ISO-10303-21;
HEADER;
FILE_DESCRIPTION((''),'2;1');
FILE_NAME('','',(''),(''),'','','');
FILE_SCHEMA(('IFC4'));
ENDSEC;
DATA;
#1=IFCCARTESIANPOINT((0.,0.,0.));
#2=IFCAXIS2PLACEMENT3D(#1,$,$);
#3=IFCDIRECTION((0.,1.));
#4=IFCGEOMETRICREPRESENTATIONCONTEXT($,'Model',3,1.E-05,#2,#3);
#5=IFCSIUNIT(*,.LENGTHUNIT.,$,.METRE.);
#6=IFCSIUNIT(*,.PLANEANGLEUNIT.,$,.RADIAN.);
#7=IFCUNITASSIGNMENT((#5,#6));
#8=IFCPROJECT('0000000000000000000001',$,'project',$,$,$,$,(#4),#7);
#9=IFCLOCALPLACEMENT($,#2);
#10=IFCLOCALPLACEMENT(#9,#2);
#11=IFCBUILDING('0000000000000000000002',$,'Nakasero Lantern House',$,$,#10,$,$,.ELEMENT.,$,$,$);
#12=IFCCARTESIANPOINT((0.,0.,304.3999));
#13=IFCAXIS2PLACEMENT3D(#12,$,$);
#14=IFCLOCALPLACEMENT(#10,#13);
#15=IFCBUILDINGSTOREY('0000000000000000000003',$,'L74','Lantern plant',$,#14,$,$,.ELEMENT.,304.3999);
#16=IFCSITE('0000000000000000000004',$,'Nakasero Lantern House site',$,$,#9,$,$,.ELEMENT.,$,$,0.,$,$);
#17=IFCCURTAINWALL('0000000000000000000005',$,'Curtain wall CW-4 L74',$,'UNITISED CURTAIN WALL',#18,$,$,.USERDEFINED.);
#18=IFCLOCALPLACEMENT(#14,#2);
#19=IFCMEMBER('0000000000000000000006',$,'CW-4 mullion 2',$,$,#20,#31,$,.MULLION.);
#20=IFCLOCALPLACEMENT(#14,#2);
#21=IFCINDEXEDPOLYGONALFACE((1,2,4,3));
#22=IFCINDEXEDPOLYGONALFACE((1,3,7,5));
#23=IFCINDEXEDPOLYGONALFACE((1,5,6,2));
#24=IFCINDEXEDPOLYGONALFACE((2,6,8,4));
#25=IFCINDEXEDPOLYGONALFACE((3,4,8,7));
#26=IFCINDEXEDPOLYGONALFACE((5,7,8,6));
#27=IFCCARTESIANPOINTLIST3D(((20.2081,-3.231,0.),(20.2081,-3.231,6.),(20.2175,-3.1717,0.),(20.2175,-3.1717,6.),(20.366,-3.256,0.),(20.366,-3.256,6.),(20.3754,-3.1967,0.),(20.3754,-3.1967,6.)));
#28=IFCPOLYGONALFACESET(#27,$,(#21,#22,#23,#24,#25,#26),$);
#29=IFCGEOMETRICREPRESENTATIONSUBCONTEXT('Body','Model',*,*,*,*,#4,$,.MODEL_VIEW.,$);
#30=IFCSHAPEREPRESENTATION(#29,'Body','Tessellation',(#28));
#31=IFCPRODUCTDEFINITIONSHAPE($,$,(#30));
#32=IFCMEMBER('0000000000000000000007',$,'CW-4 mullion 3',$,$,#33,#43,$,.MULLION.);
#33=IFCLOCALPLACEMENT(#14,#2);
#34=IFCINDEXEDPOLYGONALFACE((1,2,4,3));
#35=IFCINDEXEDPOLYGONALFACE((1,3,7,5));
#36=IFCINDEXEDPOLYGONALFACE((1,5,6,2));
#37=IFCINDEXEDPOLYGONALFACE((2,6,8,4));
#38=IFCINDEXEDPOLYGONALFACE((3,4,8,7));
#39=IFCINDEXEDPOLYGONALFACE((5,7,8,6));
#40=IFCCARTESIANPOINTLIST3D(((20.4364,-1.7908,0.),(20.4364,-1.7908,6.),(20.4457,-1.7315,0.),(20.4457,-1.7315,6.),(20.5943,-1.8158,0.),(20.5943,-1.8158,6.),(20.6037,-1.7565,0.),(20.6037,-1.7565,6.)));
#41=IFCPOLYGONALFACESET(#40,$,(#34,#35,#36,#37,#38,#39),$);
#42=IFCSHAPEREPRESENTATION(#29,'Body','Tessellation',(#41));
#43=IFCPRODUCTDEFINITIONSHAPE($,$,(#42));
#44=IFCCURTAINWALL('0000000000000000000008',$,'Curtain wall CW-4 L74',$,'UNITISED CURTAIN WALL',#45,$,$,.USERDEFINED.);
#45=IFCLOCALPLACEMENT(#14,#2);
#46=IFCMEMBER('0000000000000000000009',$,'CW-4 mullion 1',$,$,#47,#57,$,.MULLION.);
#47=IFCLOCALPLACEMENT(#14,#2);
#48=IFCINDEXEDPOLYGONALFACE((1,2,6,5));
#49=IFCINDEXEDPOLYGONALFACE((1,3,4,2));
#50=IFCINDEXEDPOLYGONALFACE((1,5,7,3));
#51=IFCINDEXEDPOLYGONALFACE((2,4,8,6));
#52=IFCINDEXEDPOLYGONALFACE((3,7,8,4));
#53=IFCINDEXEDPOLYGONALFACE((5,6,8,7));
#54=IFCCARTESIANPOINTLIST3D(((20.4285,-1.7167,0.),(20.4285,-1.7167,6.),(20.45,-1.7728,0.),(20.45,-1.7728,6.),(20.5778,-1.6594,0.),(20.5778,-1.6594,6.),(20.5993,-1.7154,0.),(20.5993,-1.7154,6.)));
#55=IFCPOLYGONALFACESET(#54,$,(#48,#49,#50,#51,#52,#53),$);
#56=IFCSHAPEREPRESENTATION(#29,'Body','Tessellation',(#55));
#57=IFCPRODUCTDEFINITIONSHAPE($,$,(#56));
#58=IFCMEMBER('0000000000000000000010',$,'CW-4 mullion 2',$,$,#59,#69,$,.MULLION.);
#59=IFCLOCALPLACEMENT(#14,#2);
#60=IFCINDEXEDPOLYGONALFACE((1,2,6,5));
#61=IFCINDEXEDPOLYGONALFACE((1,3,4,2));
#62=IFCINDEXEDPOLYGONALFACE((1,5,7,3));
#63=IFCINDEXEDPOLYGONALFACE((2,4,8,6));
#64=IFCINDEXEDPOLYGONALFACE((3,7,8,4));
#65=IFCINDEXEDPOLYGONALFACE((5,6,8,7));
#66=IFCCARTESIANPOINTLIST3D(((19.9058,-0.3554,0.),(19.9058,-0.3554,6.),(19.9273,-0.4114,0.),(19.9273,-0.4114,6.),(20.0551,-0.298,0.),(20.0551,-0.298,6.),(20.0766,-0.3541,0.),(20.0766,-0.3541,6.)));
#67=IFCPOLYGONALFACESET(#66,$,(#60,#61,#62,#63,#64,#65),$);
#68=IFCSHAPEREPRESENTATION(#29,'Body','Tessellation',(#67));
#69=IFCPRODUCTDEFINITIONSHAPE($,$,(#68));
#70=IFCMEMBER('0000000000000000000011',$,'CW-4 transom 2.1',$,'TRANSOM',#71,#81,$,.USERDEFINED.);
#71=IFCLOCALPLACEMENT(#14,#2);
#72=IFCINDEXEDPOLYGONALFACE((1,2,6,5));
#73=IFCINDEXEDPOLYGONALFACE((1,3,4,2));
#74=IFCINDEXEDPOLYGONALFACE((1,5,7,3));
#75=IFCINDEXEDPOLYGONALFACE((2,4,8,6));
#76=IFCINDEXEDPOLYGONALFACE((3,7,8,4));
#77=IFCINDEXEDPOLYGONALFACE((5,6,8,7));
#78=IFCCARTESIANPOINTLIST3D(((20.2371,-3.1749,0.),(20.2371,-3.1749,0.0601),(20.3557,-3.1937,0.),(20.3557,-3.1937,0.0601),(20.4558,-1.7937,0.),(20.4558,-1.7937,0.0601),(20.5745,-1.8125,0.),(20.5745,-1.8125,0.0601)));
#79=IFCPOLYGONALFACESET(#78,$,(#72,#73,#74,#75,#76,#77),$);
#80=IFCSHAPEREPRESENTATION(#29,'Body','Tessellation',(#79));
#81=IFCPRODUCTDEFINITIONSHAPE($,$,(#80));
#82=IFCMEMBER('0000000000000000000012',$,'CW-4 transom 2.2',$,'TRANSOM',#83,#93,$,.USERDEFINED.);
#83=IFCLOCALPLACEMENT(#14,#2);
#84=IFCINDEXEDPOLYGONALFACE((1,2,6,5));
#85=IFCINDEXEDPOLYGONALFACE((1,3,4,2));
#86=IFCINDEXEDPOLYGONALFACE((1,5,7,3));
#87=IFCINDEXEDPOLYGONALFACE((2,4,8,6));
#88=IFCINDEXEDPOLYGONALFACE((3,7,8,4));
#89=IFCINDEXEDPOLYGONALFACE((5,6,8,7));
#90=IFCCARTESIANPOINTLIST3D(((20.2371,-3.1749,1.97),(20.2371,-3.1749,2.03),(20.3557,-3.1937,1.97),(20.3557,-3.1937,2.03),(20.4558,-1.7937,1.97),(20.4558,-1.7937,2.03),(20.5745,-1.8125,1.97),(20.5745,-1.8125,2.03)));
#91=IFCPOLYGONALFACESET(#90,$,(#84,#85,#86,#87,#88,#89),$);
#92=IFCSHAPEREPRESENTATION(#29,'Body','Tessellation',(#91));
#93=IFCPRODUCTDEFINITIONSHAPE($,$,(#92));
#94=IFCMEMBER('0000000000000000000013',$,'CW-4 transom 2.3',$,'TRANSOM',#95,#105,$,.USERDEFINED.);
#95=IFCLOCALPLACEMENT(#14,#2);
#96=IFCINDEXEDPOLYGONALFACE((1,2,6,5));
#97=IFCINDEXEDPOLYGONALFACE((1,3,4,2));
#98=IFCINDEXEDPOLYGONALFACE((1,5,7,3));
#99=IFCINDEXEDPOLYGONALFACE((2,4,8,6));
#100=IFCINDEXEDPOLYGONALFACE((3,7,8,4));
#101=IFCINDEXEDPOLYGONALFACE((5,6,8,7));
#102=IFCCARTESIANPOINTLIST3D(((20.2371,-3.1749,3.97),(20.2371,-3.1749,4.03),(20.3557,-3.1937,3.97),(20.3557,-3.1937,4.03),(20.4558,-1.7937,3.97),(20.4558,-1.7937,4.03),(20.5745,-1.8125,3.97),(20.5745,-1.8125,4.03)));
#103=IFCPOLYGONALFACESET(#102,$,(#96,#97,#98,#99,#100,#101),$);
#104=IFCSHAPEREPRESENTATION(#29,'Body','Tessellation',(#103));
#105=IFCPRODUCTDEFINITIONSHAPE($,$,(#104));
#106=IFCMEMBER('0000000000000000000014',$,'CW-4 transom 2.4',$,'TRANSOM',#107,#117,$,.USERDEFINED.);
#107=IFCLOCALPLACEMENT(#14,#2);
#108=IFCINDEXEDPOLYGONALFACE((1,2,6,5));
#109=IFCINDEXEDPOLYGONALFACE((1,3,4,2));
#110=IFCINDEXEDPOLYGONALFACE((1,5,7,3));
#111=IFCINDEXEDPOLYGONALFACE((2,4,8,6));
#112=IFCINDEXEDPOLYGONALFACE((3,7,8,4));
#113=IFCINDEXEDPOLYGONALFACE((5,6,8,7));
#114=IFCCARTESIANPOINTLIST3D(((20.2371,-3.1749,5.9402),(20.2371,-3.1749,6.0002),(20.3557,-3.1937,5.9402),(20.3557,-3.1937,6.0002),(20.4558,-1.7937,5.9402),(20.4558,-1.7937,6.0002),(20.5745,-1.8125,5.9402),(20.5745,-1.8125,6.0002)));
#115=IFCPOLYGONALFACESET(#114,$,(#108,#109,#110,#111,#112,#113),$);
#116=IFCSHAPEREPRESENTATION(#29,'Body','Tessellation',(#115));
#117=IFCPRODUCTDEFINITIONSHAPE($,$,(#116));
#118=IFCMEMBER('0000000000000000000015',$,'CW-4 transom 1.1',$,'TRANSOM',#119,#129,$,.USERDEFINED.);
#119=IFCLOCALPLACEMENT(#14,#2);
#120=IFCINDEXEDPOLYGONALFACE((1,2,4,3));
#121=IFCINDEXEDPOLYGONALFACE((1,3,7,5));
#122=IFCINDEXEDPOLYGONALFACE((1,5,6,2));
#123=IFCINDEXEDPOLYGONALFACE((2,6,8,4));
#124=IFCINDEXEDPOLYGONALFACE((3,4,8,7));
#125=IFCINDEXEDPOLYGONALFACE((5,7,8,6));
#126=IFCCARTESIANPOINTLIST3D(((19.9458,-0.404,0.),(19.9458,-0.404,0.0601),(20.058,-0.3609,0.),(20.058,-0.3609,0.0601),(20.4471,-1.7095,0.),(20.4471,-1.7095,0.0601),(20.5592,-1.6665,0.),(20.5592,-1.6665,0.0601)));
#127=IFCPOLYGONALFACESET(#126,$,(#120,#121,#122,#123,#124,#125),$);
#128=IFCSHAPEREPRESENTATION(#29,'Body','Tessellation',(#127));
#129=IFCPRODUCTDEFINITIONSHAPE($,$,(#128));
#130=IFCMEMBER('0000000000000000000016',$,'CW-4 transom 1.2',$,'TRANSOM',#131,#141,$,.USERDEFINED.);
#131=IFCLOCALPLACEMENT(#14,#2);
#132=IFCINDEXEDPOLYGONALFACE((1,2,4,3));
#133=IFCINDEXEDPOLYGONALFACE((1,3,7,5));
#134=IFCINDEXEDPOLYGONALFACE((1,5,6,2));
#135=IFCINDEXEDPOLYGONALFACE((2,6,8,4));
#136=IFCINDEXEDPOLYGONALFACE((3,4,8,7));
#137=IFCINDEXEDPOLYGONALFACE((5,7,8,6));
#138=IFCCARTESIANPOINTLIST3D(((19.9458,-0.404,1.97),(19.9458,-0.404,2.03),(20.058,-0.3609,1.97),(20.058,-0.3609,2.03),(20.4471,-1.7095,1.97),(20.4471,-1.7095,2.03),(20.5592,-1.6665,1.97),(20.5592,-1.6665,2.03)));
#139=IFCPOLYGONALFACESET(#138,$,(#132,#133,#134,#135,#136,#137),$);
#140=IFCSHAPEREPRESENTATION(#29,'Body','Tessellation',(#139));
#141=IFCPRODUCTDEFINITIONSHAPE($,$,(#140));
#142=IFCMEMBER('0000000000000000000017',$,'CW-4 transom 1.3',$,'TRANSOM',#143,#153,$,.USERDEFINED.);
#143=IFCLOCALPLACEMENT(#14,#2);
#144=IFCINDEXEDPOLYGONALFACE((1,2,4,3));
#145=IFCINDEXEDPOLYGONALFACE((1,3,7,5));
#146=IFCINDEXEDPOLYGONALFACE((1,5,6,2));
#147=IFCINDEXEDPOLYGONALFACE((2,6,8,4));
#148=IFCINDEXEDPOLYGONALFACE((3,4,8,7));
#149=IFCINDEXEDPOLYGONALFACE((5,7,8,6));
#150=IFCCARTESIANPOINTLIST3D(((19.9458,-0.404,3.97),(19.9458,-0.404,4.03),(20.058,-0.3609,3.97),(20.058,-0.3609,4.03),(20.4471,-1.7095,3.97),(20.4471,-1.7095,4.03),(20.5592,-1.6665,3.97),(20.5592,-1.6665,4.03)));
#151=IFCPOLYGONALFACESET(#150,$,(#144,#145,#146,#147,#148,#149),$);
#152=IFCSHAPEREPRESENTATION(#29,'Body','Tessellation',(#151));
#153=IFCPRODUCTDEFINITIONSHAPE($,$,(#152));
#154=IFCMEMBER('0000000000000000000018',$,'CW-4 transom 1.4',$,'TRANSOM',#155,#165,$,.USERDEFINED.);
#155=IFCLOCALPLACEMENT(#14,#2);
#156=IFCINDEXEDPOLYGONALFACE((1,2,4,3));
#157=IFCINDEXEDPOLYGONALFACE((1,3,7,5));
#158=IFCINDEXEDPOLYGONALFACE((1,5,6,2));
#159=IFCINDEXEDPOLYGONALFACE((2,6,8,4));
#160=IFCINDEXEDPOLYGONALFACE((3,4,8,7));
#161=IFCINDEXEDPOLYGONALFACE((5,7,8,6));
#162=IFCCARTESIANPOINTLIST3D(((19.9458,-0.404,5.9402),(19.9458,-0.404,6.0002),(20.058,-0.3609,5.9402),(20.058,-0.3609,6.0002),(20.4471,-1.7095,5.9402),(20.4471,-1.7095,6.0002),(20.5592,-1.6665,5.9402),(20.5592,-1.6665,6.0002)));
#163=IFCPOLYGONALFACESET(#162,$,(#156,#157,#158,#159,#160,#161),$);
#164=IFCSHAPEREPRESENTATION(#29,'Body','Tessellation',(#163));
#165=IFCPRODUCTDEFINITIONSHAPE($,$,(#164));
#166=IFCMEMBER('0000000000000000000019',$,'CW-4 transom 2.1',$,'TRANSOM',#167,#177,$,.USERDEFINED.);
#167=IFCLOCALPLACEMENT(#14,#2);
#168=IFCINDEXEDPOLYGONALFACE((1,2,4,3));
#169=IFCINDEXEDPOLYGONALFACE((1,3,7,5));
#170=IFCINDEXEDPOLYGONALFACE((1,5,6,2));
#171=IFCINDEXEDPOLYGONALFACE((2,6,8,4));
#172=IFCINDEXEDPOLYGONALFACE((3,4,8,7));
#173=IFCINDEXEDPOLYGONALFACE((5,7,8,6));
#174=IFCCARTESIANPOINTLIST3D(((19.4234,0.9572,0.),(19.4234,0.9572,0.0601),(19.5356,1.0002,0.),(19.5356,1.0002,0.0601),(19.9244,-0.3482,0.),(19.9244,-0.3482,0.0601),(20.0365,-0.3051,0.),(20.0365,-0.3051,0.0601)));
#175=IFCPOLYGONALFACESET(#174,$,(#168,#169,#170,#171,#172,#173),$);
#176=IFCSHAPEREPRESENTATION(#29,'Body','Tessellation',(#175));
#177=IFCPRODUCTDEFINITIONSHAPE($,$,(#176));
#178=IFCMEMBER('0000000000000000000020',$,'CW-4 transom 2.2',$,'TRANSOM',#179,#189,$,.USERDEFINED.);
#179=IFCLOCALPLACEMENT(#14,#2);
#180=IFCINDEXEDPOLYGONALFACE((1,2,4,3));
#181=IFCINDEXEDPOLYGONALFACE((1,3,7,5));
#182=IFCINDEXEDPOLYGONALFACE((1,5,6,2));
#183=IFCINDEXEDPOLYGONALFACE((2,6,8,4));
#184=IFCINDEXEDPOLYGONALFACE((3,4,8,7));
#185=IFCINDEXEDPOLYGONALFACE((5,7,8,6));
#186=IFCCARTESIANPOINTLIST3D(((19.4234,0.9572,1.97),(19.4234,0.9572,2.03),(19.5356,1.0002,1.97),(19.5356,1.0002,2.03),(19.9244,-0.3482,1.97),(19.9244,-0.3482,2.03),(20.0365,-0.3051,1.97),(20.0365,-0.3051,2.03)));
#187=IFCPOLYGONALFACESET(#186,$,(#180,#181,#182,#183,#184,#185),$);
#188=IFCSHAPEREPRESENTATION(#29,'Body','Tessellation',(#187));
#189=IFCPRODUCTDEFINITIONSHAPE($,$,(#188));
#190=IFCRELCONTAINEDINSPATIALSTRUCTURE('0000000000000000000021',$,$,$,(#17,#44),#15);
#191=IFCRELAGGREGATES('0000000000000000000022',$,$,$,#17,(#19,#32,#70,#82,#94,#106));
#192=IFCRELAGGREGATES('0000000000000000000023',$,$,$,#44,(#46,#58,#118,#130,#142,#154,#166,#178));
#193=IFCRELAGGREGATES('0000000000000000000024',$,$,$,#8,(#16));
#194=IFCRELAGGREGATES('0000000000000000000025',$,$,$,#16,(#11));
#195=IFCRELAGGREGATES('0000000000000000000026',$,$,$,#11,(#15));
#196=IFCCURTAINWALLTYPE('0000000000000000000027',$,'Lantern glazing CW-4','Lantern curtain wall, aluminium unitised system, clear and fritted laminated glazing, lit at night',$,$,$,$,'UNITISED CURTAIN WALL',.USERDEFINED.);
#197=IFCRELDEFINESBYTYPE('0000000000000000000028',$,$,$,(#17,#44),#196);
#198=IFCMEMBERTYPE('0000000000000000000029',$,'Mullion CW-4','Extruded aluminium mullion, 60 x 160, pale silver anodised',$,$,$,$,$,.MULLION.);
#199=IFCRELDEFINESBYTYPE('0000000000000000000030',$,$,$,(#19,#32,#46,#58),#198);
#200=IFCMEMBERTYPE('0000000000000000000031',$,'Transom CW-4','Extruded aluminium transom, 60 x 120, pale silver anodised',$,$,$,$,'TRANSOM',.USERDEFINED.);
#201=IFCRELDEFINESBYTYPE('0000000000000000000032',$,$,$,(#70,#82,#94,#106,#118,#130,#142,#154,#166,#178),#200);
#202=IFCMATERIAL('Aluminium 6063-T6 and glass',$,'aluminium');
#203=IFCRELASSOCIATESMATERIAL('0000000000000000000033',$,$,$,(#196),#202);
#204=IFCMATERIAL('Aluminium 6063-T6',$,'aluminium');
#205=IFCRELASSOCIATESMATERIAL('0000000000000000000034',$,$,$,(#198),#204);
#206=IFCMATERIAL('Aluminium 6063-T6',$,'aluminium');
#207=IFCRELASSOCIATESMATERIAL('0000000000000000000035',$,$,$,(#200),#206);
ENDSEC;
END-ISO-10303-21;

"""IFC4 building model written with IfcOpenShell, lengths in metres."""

from ifc_helpers import new_model, si_unit, direction, frame, origin, origin_2d, place, context, subcontext, project, spatial, rectangle, extrude, material, material_profile, profile_set, type_object, element, aggregate, save


model = new_model("IFC4")

# Units and contexts
model_context = context("Model", 3, precision=1e-05, world=origin(), true_north=direction((0.0, 1.0)))
body_context = subcontext(model_context, "Body", "Model", "MODEL_VIEW")
ifc_project = project(units=[si_unit("LENGTHUNIT", "METRE"), si_unit("PLANEANGLEUNIT", "RADIAN")], contexts=[model_context])

# Site, building, storey
site_placement = place(None, origin())
site = spatial("IfcSite", under=ifc_project, at=site_placement, Name="Nakasero Lantern House site", CompositionType="ELEMENT", RefElevation=0.0)
building_placement = place(site_placement, origin())
building = spatial("IfcBuilding", under=site, at=building_placement, Name="Nakasero Lantern House", CompositionType="ELEMENT")
storey_placement = place(building_placement, frame((0.0, 0.0, 304.3999)))
storey = spatial("IfcBuildingStorey", under=building, at=storey_placement, Name="L74", Description="Lantern plant", CompositionType="ELEMENT", Elevation=304.3999)

# Curtain walls, members
ifc_material_1 = material(Name="Aluminium 6063-T6 and glass", Category="aluminium")
curtain_wall_type = type_object("IfcCurtainWallType", Name="Lantern glazing CW-4", Description="Lantern curtain wall, aluminium unitised system, clear and fritted laminated glazing, lit at night", ElementType="UNITISED CURTAIN WALL", PredefinedType="USERDEFINED", material=ifc_material_1)
curtain_wall_1_placement = place(storey_placement, origin())
curtain_wall_1 = element("IfcCurtainWall", 1, at=curtain_wall_1_placement, inside=storey, type_object=curtain_wall_type, Name="Curtain wall CW-4 L74", ObjectType="UNITISED CURTAIN WALL", PredefinedType="USERDEFINED")
ifc_material_2 = material(Name="Aluminium 6063-T6", Category="aluminium")
ifc_material_profile_1 = material_profile(ifc_material_2, rectangle(XDim=0.0601, YDim=0.1599, at=origin_2d()), Name="CW-4 mullion 60x160")
ifc_profile_set_1 = profile_set([ifc_material_profile_1], Name="Aluminium 6063-T6")
member_type_1 = type_object("IfcMemberType", Name="Mullion CW-4", Description="Extruded aluminium mullion, 60 x 160, pale silver anodised", PredefinedType="MULLION", material=ifc_profile_set_1)
member_1_placement = place(storey_placement, frame((20.2917, -3.2139, 0.0), z_axis=(0.0, 0.0, 1.0), x_axis=(0.156434, 0.987688, 0.0)))
member_1 = element("IfcMember", 2, at=member_1_placement, type_object=member_type_1, Name="CW-4 mullion 2", PredefinedType="MULLION", context=body_context, shape_type="SweptSolid", body=[
    extrude(rectangle(XDim=0.0601, YDim=0.1599, at=origin_2d()), origin(), (0.0, 0.0, 1.0), 6.0),
])
member_2_placement = place(storey_placement, frame((20.52, -1.7737, 0.0), z_axis=(0.0, 0.0, 1.0), x_axis=(0.156434, 0.987688, 0.0)))
member_2 = element("IfcMember", 3, at=member_2_placement, type_object=member_type_1, Name="CW-4 mullion 3", PredefinedType="MULLION", context=body_context, shape_type="SweptSolid", body=[
    extrude(rectangle(XDim=0.0601, YDim=0.1599, at=origin_2d()), origin(), (0.0, 0.0, 1.0), 6.0),
])
curtain_wall_2_placement = place(storey_placement, origin())
curtain_wall_2 = element("IfcCurtainWall", 4, at=curtain_wall_2_placement, inside=storey, type_object=curtain_wall_type, Name="Curtain wall CW-4 L74", ObjectType="UNITISED CURTAIN WALL", PredefinedType="USERDEFINED")
member_3_placement = place(storey_placement, frame((20.5139, -1.7161, 0.0), z_axis=(0.0, 0.0, 1.0), x_axis=(-0.358368, 0.93358, 0.0)))
member_3 = element("IfcMember", 5, at=member_3_placement, type_object=member_type_1, Name="CW-4 mullion 1", PredefinedType="MULLION", context=body_context, shape_type="SweptSolid", body=[
    extrude(rectangle(XDim=0.0601, YDim=0.1599, at=origin_2d()), origin(), (0.0, 0.0, 1.0), 6.0),
])
member_4_placement = place(storey_placement, frame((19.9912, -0.3547, 0.0), z_axis=(0.0, 0.0, 1.0), x_axis=(-0.358368, 0.93358, 0.0)))
member_4 = element("IfcMember", 6, at=member_4_placement, type_object=member_type_1, Name="CW-4 mullion 2", PredefinedType="MULLION", context=body_context, shape_type="SweptSolid", body=[
    extrude(rectangle(XDim=0.0601, YDim=0.1599, at=origin_2d()), origin(), (0.0, 0.0, 1.0), 6.0),
])

# Members
ifc_material_3 = material(Name="Aluminium 6063-T6", Category="aluminium")
ifc_material_profile_2 = material_profile(ifc_material_3, rectangle(XDim=0.0601, YDim=0.1201, at=origin_2d()), Name="CW-4 transom 60x120")
ifc_profile_set_2 = profile_set([ifc_material_profile_2], Name="Aluminium 6063-T6")
member_type_2 = type_object("IfcMemberType", Name="Transom CW-4", Description="Extruded aluminium transom, 60 x 120, pale silver anodised", ElementType="TRANSOM", PredefinedType="USERDEFINED", material=ifc_profile_set_2)
member_5_placement = place(storey_placement, frame((20.2964, -3.1843, 0.03), z_axis=(0.156438, 0.987688, 0.0), x_axis=(0.0, 0.0, 1.0)))
member_5 = element("IfcMember", 7, at=member_5_placement, type_object=member_type_2, Name="CW-4 transom 2.1", ObjectType="TRANSOM", PredefinedType="USERDEFINED", context=body_context, shape_type="SweptSolid", body=[
    extrude(rectangle(XDim=0.0601, YDim=0.1201, at=origin_2d()), origin(), (0.0, 0.0, 1.0), 1.3984),
])
member_6_placement = place(storey_placement, frame((20.2964, -3.1843, 2.0), z_axis=(0.156438, 0.987688, 0.0), x_axis=(0.0, 0.0, 1.0)))
member_6 = element("IfcMember", 8, at=member_6_placement, type_object=member_type_2, Name="CW-4 transom 2.2", ObjectType="TRANSOM", PredefinedType="USERDEFINED", context=body_context, shape_type="SweptSolid", body=[
    extrude(rectangle(XDim=0.0601, YDim=0.1201, at=origin_2d()), origin(), (0.0, 0.0, 1.0), 1.3984),
])
member_7_placement = place(storey_placement, frame((20.2964, -3.1843, 4.0), z_axis=(0.156438, 0.987688, 0.0), x_axis=(0.0, 0.0, 1.0)))
member_7 = element("IfcMember", 9, at=member_7_placement, type_object=member_type_2, Name="CW-4 transom 2.3", ObjectType="TRANSOM", PredefinedType="USERDEFINED", context=body_context, shape_type="SweptSolid", body=[
    extrude(rectangle(XDim=0.0601, YDim=0.1201, at=origin_2d()), origin(), (0.0, 0.0, 1.0), 1.3984),
])
member_8_placement = place(storey_placement, frame((20.2964, -3.1843, 5.9702), z_axis=(0.156438, 0.987688, 0.0), x_axis=(0.0, 0.0, 1.0)))
member_8 = element("IfcMember", 10, at=member_8_placement, type_object=member_type_2, Name="CW-4 transom 2.4", ObjectType="TRANSOM", PredefinedType="USERDEFINED", context=body_context, shape_type="SweptSolid", body=[
    extrude(rectangle(XDim=0.0601, YDim=0.1201, at=origin_2d()), origin(), (0.0, 0.0, 1.0), 1.3984),
])
member_9_placement = place(storey_placement, frame((20.5032, -1.688, 0.03), z_axis=(-0.358441, 0.933552, 0.0), x_axis=(0.0, 0.0, 1.0)))
member_9 = element("IfcMember", 11, at=member_9_placement, type_object=member_type_2, Name="CW-4 transom 1.1", ObjectType="TRANSOM", PredefinedType="USERDEFINED", context=body_context, shape_type="SweptSolid", body=[
    extrude(rectangle(XDim=0.0601, YDim=0.1201, at=origin_2d()), origin(), (0.0, 0.0, 1.0), 1.3984),
])
member_10_placement = place(storey_placement, frame((20.5032, -1.688, 2.0), z_axis=(-0.358441, 0.933552, 0.0), x_axis=(0.0, 0.0, 1.0)))
member_10 = element("IfcMember", 12, at=member_10_placement, type_object=member_type_2, Name="CW-4 transom 1.2", ObjectType="TRANSOM", PredefinedType="USERDEFINED", context=body_context, shape_type="SweptSolid", body=[
    extrude(rectangle(XDim=0.0601, YDim=0.1201, at=origin_2d()), origin(), (0.0, 0.0, 1.0), 1.3984),
])
member_11_placement = place(storey_placement, frame((20.5032, -1.688, 4.0), z_axis=(-0.358441, 0.933552, 0.0), x_axis=(0.0, 0.0, 1.0)))
member_11 = element("IfcMember", 13, at=member_11_placement, type_object=member_type_2, Name="CW-4 transom 1.3", ObjectType="TRANSOM", PredefinedType="USERDEFINED", context=body_context, shape_type="SweptSolid", body=[
    extrude(rectangle(XDim=0.0601, YDim=0.1201, at=origin_2d()), origin(), (0.0, 0.0, 1.0), 1.3984),
])
member_12_placement = place(storey_placement, frame((20.5032, -1.688, 5.9702), z_axis=(-0.358441, 0.933552, 0.0), x_axis=(0.0, 0.0, 1.0)))
member_12 = element("IfcMember", 14, at=member_12_placement, type_object=member_type_2, Name="CW-4 transom 1.4", ObjectType="TRANSOM", PredefinedType="USERDEFINED", context=body_context, shape_type="SweptSolid", body=[
    extrude(rectangle(XDim=0.0601, YDim=0.1201, at=origin_2d()), origin(), (0.0, 0.0, 1.0), 1.3984),
])
member_13_placement = place(storey_placement, frame((19.9805, -0.3267, 0.03), z_axis=(-0.358289, 0.933611, 0.0), x_axis=(0.0, 0.0, 1.0)))
member_13 = element("IfcMember", 15, at=member_13_placement, type_object=member_type_2, Name="CW-4 transom 2.1", ObjectType="TRANSOM", PredefinedType="USERDEFINED", context=body_context, shape_type="SweptSolid", body=[
    extrude(rectangle(XDim=0.0601, YDim=0.1201, at=origin_2d()), origin(), (0.0, 0.0, 1.0), 1.3982),
])
member_14_placement = place(storey_placement, frame((19.9805, -0.3267, 2.0), z_axis=(-0.358289, 0.933611, 0.0), x_axis=(0.0, 0.0, 1.0)))
member_14 = element("IfcMember", 16, at=member_14_placement, type_object=member_type_2, Name="CW-4 transom 2.2", ObjectType="TRANSOM", PredefinedType="USERDEFINED", context=body_context, shape_type="SweptSolid", body=[
    extrude(rectangle(XDim=0.0601, YDim=0.1201, at=origin_2d()), origin(), (0.0, 0.0, 1.0), 1.3982),
])

aggregate(curtain_wall_1, [member_1, member_2, member_5, member_6, member_7, member_8])
aggregate(curtain_wall_2, [member_3, member_4, member_9, member_10, member_11, member_12, member_13, member_14])

save(model, "model.ifc")
